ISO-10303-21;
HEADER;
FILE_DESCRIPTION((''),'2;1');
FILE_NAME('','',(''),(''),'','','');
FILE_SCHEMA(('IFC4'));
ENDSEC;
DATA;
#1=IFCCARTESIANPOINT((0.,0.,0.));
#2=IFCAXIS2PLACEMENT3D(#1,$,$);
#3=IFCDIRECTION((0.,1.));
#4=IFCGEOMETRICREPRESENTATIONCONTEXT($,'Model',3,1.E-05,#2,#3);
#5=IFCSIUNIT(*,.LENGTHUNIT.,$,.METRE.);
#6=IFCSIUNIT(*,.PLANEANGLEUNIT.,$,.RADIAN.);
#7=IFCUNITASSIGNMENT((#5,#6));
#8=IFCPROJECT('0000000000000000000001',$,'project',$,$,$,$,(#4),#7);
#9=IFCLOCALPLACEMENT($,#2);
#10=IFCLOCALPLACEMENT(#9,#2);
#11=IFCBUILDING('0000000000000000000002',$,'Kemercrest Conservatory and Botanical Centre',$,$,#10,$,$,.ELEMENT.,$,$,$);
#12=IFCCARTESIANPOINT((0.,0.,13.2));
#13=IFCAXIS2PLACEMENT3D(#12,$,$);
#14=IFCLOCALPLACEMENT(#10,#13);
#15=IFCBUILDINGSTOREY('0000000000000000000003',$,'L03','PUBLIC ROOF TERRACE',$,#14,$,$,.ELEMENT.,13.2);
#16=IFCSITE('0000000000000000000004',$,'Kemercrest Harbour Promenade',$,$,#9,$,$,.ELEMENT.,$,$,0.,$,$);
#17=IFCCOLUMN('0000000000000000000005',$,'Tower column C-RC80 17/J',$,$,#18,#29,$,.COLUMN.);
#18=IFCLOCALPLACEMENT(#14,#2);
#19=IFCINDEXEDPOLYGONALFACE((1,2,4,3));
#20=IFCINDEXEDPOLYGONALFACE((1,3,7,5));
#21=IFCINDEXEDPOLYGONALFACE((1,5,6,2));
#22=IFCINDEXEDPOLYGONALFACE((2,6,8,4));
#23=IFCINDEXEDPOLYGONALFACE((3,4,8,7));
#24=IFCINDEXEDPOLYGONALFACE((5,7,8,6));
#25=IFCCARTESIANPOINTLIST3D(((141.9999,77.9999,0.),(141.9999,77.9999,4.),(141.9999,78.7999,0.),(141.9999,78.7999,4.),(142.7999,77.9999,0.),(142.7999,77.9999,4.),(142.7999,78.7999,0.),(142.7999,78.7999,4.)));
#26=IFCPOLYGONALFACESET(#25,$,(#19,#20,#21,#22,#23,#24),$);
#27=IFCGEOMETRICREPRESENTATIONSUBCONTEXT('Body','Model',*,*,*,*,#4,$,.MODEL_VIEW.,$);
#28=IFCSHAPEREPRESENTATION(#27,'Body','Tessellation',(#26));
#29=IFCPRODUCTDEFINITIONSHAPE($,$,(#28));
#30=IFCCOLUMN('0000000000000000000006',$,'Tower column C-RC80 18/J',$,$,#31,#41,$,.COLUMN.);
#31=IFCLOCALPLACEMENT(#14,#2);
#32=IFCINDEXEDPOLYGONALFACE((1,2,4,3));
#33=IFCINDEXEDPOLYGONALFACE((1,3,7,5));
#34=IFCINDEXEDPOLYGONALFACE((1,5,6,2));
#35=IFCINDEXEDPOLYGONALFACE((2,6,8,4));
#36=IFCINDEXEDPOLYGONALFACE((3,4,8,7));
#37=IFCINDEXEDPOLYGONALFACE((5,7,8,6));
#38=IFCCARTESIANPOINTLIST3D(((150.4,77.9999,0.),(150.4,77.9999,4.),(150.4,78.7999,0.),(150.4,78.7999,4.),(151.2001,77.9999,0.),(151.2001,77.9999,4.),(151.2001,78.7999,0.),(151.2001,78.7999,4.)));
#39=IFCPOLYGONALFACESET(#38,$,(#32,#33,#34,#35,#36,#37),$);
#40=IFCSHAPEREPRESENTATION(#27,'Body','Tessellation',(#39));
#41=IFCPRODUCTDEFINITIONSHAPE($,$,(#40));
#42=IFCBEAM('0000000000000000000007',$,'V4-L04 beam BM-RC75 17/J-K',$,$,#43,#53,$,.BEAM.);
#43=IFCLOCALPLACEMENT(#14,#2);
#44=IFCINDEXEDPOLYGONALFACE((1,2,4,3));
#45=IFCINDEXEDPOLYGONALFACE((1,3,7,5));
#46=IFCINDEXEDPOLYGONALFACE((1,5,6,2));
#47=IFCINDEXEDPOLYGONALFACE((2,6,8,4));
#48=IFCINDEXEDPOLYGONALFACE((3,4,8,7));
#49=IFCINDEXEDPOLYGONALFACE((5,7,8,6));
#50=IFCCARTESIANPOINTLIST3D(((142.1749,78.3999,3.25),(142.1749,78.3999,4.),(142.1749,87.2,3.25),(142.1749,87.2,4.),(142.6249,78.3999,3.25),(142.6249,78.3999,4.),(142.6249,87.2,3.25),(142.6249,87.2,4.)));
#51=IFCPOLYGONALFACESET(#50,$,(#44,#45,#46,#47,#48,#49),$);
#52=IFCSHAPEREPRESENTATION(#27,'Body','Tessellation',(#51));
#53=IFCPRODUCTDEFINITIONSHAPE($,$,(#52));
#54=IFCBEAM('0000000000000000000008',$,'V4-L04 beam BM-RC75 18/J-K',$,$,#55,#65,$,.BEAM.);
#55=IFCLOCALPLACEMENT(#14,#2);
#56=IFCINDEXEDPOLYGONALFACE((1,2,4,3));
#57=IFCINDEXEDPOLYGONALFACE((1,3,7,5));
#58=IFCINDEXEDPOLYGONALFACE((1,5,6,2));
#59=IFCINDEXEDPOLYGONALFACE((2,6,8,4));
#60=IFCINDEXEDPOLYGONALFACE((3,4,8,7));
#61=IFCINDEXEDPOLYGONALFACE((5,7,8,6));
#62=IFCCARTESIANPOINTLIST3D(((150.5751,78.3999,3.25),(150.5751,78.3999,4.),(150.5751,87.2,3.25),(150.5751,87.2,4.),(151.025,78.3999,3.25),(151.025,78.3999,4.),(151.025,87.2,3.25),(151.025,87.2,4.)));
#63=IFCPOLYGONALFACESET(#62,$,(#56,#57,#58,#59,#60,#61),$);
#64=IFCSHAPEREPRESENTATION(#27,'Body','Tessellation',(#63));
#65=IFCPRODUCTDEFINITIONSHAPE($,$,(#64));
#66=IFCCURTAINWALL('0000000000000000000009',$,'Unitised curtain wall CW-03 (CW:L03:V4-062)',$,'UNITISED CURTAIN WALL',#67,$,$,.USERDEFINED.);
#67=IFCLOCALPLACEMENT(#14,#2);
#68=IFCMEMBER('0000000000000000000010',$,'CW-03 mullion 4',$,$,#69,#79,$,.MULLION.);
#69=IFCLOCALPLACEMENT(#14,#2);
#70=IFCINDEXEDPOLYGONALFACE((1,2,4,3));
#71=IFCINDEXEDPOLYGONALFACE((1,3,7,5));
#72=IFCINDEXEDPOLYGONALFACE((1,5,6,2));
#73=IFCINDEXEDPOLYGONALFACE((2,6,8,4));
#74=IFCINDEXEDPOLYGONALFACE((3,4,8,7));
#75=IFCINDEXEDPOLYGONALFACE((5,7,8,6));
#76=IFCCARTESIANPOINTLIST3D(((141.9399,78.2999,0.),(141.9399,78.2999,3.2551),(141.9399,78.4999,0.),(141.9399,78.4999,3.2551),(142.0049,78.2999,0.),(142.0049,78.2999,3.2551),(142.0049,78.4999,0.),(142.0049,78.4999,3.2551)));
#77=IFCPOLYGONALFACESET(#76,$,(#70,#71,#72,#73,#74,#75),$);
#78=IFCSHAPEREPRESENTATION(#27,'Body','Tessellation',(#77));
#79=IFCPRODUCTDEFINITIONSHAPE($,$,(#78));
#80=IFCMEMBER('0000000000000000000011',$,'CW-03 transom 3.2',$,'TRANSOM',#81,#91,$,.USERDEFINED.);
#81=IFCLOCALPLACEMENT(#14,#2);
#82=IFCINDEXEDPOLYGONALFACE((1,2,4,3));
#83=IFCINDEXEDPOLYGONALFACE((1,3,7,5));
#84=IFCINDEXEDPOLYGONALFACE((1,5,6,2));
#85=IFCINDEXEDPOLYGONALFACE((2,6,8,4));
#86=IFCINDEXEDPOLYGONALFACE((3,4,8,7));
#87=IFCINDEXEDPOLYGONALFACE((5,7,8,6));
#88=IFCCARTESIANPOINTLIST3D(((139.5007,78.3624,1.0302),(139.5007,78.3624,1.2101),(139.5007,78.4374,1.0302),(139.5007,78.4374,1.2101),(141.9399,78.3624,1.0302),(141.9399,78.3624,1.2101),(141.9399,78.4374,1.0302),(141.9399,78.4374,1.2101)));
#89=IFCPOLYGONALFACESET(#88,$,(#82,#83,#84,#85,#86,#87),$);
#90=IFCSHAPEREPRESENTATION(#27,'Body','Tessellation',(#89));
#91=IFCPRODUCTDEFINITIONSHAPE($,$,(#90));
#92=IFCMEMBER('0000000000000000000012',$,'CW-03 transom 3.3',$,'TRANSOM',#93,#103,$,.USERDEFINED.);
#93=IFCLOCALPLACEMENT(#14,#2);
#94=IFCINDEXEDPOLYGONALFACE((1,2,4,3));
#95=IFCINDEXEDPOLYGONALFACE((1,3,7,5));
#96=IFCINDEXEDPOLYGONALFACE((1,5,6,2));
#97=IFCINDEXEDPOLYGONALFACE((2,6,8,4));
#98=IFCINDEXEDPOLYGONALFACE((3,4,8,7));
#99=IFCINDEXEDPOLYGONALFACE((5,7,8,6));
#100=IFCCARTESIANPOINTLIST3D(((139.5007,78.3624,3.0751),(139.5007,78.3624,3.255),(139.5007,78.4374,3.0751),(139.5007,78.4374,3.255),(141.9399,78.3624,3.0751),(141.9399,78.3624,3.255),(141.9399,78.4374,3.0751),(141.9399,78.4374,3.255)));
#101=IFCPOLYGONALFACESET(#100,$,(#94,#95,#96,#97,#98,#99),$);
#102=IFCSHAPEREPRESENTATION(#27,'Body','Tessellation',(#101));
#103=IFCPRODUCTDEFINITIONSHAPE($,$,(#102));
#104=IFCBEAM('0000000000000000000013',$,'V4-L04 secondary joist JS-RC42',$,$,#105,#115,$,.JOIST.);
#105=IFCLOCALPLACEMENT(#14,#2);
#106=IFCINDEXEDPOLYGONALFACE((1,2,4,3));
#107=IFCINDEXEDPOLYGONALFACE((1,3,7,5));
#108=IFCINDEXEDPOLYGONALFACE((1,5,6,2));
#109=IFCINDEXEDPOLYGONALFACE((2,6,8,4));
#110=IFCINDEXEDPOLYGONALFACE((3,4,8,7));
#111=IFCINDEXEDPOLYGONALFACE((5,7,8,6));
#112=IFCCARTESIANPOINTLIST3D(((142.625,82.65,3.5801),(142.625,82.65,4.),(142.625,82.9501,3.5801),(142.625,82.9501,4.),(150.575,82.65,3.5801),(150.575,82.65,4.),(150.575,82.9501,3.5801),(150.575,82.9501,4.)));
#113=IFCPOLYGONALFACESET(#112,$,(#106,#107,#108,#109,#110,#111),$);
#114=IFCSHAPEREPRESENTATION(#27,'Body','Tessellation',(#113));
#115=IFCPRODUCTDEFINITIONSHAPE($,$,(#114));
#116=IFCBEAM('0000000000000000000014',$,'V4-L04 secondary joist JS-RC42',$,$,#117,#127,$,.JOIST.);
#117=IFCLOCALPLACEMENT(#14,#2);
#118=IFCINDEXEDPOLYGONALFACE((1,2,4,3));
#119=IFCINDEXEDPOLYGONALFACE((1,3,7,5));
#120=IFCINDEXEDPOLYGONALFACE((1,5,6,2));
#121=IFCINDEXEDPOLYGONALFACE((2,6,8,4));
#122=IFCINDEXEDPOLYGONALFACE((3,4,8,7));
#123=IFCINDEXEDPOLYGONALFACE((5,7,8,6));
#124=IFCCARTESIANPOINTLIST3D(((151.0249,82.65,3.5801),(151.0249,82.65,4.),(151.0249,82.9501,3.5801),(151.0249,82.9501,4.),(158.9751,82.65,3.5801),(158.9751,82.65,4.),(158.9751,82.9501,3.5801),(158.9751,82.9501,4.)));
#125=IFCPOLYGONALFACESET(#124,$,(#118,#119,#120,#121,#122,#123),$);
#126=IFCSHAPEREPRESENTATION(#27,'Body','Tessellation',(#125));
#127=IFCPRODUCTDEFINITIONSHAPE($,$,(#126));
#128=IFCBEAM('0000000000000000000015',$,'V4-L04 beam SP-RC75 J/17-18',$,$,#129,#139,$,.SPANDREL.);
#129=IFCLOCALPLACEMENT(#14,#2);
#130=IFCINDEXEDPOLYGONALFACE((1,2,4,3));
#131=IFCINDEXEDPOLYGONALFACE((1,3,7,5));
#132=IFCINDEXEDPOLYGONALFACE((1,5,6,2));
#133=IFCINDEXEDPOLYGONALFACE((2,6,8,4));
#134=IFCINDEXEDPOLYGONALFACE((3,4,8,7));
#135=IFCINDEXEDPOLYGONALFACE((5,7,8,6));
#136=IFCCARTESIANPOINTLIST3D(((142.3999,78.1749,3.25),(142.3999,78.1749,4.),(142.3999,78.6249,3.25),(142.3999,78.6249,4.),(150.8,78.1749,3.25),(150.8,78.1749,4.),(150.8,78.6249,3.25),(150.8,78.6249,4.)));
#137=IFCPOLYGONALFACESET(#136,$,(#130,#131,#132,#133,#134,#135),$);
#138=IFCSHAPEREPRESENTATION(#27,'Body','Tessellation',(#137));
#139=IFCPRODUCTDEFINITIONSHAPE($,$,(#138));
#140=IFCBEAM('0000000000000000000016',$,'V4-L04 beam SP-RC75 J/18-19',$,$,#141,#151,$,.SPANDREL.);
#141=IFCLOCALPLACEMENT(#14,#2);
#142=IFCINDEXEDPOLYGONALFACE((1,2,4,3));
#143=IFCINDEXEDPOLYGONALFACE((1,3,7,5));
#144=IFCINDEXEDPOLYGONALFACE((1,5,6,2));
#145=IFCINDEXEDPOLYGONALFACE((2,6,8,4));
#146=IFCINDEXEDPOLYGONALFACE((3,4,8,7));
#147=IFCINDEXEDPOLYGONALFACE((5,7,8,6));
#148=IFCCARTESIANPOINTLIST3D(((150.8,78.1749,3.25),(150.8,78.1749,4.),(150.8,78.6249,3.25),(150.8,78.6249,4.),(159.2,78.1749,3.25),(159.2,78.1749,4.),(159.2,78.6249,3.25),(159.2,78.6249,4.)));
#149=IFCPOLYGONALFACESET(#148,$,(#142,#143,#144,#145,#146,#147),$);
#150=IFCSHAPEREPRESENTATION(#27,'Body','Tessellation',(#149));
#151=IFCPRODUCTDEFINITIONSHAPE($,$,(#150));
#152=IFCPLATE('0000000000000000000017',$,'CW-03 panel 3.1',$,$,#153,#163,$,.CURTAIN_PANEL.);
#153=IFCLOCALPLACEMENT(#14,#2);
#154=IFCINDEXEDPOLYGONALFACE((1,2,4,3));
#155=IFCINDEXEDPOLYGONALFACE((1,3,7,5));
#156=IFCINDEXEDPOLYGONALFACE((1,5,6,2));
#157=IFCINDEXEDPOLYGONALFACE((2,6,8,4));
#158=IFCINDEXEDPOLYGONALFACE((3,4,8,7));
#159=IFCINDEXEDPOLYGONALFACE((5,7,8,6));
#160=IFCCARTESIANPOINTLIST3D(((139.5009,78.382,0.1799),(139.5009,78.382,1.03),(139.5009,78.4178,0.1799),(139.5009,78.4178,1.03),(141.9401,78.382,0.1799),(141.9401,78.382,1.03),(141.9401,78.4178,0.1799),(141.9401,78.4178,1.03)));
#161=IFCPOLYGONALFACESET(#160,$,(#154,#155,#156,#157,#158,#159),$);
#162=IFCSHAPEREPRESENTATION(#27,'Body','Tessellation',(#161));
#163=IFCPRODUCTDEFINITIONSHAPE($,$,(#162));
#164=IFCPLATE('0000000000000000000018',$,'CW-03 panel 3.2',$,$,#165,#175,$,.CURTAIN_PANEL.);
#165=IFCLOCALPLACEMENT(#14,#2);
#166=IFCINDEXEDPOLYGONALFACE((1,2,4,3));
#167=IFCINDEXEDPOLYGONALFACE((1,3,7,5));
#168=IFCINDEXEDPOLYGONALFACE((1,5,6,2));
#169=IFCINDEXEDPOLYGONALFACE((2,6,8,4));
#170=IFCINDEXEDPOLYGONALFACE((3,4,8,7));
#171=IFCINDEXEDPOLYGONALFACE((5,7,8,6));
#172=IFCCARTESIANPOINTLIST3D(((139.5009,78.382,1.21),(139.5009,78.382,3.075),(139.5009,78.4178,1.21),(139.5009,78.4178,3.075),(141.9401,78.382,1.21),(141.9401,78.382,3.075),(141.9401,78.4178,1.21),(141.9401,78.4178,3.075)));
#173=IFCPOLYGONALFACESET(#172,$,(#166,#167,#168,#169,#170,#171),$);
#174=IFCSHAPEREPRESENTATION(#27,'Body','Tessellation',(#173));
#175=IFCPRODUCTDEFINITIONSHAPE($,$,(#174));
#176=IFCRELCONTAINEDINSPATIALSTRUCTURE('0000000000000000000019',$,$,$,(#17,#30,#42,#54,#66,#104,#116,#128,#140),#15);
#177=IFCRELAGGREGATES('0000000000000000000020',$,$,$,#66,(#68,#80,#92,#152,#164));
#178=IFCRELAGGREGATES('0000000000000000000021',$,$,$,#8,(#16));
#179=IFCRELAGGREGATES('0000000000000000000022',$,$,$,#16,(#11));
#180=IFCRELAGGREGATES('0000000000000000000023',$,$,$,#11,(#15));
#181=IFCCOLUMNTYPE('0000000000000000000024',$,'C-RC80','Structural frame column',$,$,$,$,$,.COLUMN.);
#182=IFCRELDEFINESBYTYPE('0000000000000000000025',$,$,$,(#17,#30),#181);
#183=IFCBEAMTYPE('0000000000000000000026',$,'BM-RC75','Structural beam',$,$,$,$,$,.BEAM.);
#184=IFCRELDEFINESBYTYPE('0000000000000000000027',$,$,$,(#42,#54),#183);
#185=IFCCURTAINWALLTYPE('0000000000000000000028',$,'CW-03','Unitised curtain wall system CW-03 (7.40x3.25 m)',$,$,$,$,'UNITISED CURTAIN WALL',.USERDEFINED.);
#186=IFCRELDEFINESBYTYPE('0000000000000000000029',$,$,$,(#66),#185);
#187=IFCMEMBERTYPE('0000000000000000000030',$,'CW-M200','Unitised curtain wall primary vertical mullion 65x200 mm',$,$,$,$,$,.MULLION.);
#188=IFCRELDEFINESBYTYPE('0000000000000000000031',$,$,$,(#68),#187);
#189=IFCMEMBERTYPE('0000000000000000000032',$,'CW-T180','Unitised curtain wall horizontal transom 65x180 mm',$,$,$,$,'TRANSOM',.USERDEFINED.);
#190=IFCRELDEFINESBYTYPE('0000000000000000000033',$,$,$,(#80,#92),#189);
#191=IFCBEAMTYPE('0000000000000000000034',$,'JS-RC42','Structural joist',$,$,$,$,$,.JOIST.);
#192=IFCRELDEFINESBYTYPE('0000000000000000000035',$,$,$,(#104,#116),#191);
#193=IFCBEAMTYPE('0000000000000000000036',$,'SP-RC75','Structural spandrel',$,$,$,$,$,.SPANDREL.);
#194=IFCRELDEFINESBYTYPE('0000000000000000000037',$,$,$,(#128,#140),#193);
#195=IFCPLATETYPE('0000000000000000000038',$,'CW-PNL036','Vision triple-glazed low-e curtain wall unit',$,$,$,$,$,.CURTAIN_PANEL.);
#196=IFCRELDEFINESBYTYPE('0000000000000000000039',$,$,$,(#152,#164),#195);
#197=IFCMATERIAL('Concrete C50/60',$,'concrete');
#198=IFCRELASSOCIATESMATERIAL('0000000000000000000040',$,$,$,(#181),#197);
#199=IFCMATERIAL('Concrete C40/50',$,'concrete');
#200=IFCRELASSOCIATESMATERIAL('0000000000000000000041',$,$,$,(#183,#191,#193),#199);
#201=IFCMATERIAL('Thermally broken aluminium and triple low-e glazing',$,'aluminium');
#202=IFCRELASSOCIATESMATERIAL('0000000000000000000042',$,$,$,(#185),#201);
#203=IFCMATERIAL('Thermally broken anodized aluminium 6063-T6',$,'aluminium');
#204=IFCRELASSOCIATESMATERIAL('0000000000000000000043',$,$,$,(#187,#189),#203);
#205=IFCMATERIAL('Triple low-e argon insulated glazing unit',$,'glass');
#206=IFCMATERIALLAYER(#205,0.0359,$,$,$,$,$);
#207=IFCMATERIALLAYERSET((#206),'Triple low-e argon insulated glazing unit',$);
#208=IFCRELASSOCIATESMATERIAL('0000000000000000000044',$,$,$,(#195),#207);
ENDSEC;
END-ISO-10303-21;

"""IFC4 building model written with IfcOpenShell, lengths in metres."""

from ifc_helpers import new_model, si_unit, direction, frame, origin, origin_2d, place, context, subcontext, project, spatial, rectangle, extrude, material, layer, layer_set, material_profile, profile_set, type_object, element, aggregate, save


model = new_model("IFC4")

# Units and contexts
model_context = context("Model", 3, precision=1e-05, world=origin(), true_north=direction((0.0, 1.0)))
body_context = subcontext(model_context, "Body", "Model", "MODEL_VIEW")
ifc_project = project(units=[si_unit("LENGTHUNIT", "METRE"), si_unit("PLANEANGLEUNIT", "RADIAN")], contexts=[model_context])

# Site, building, storey
site_placement = place(None, origin())
site = spatial("IfcSite", under=ifc_project, at=site_placement, Name="Kemercrest Harbour Promenade", CompositionType="ELEMENT", RefElevation=0.0)
building_placement = place(site_placement, origin())
building = spatial("IfcBuilding", under=site, at=building_placement, Name="Kemercrest Conservatory and Botanical Centre", CompositionType="ELEMENT")
storey_placement = place(building_placement, frame((0.0, 0.0, 13.2)))
storey = spatial("IfcBuildingStorey", under=building, at=storey_placement, Name="L03", Description="PUBLIC ROOF TERRACE", CompositionType="ELEMENT", Elevation=13.2)

# Columns
ifc_material_1 = material(Name="Concrete C50/60", Category="concrete")
ifc_material_profile_1 = material_profile(ifc_material_1, rectangle(XDim=0.8, YDim=0.8, at=origin_2d()), Name="RC 800x800")
ifc_profile_set_1 = profile_set([ifc_material_profile_1], Name="Concrete C50/60")
column_type = type_object("IfcColumnType", Name="C-RC80", Description="Structural frame column", PredefinedType="COLUMN", material=ifc_profile_set_1)
for number, where, z_axis, x_axis, name in (
    (1, (142.3999, 78.3999, 0.0), (0.0, 0.0, 1.0), (1.0, 0.0, 0.0), "Tower column C-RC80 17/J"),
    (2, (150.8, 78.3999, 0.0), (0.0, 0.0, 1.0), (1.0, 0.0, 0.0), "Tower column C-RC80 18/J"),
):
    element("IfcColumn", number, at=place(storey_placement, frame(where, z_axis=z_axis, x_axis=x_axis)), inside=storey, type_object=column_type, Name=name, PredefinedType="COLUMN", context=body_context, shape_type="SweptSolid", body=[
        extrude(rectangle(XDim=0.8, YDim=0.8, at=origin_2d()), origin(), (0.0, 0.0, 1.0), 4.0),
    ])

# Beams
ifc_material_2 = material(Name="Concrete C40/50", Category="concrete")
ifc_material_profile_2 = material_profile(ifc_material_2, rectangle(XDim=0.45, YDim=0.75, at=origin_2d()), Name="RC 450x750")
ifc_profile_set_2 = profile_set([ifc_material_profile_2], Name="Concrete C40/50")
beam_type_1 = type_object("IfcBeamType", Name="BM-RC75", Description="Structural beam", PredefinedType="BEAM", material=ifc_profile_set_2)
for number, where, z_axis, x_axis, name in (
    (3, (142.3999, 78.3999, 3.625), (0.0, 1.0, 0.0), (-1.0, 0.0, 0.0), "V4-L04 beam BM-RC75 17/J-K"),
    (4, (150.8, 78.3999, 3.625), (0.0, 1.0, 0.0), (-1.0, 0.0, 0.0), "V4-L04 beam BM-RC75 18/J-K"),
):
    element("IfcBeam", number, at=place(storey_placement, frame(where, z_axis=z_axis, x_axis=x_axis)), inside=storey, type_object=beam_type_1, Name=name, PredefinedType="BEAM", context=body_context, shape_type="SweptSolid", body=[
        extrude(rectangle(XDim=0.45, YDim=0.75, at=origin_2d()), origin(), (0.0, 0.0, 1.0), 8.8),
    ])

# Curtain wall, members
ifc_material_3 = material(Name="Thermally broken aluminium and triple low-e glazing", Category="aluminium")
curtain_wall_type = type_object("IfcCurtainWallType", Name="CW-03", Description="Unitised curtain wall system CW-03 (7.40x3.25 m)", ElementType="UNITISED CURTAIN WALL", PredefinedType="USERDEFINED", material=ifc_material_3)
curtain_wall_placement = place(storey_placement, origin())
curtain_wall = element("IfcCurtainWall", 5, at=curtain_wall_placement, inside=storey, type_object=curtain_wall_type, Name="Unitised curtain wall CW-03 (CW:L03:V4-062)", ObjectType="UNITISED CURTAIN WALL", PredefinedType="USERDEFINED")
ifc_material_4 = material(Name="Thermally broken anodized aluminium 6063-T6", Category="aluminium")
ifc_material_profile_3 = material_profile(ifc_material_4, rectangle(XDim=0.2, YDim=0.0649, at=origin_2d()), Name="AL MULLION 65x200")
ifc_profile_set_3 = profile_set([ifc_material_profile_3], Name="Thermally broken anodized aluminium 6063-T6")
member_type_1 = type_object("IfcMemberType", Name="CW-M200", Description="Unitised curtain wall primary vertical mullion 65x200 mm", PredefinedType="MULLION", material=ifc_profile_set_3)
member_1_placement = place(storey_placement, frame((141.9724, 78.3999, 0.0), z_axis=(0.0, 0.0, 1.0), x_axis=(0.0, 1.0, 0.0)))
member_1 = element("IfcMember", 6, at=member_1_placement, type_object=member_type_1, Name="CW-03 mullion 4", PredefinedType="MULLION", context=body_context, shape_type="SweptSolid", body=[
    extrude(rectangle(XDim=0.2, YDim=0.0649, at=origin_2d()), origin(), (0.0, 0.0, 1.0), 3.2551),
])
ifc_material_profile_4 = material_profile(ifc_material_4, rectangle(XDim=0.075, YDim=0.1799, at=origin_2d()), Name="AL TRANSOM 75x180")
ifc_profile_set_4 = profile_set([ifc_material_profile_4], Name="Thermally broken anodized aluminium 6063-T6")
member_type_2 = type_object("IfcMemberType", Name="CW-T180", Description="Unitised curtain wall horizontal transom 65x180 mm", ElementType="TRANSOM", PredefinedType="USERDEFINED", material=ifc_profile_set_4)
member_2_placement = place(storey_placement, frame((139.5007, 78.3999, 1.1201), z_axis=(1.0, 0.0, 0.0), x_axis=(0.0, 1.0, 0.0)))
member_2 = element("IfcMember", 7, at=member_2_placement, type_object=member_type_2, Name="CW-03 transom 3.2", ObjectType="TRANSOM", PredefinedType="USERDEFINED", context=body_context, shape_type="SweptSolid", body=[
    extrude(rectangle(XDim=0.075, YDim=0.1799, at=origin_2d()), origin(), (0.0, 0.0, 1.0), 2.4392),
])
member_3_placement = place(storey_placement, frame((139.5007, 78.3999, 3.165), z_axis=(1.0, 0.0, 0.0), x_axis=(0.0, 1.0, 0.0)))
member_3 = element("IfcMember", 8, at=member_3_placement, type_object=member_type_2, Name="CW-03 transom 3.3", ObjectType="TRANSOM", PredefinedType="USERDEFINED", context=body_context, shape_type="SweptSolid", body=[
    extrude(rectangle(XDim=0.075, YDim=0.1799, at=origin_2d()), origin(), (0.0, 0.0, 1.0), 2.4392),
])

# Beams
ifc_material_profile_5 = material_profile(ifc_material_2, rectangle(XDim=0.3, YDim=0.4199, at=origin_2d()), Name="RC 300x420")
ifc_profile_set_5 = profile_set([ifc_material_profile_5], Name="Concrete C40/50")
beam_type_2 = type_object("IfcBeamType", Name="JS-RC42", Description="Structural joist", PredefinedType="JOIST", material=ifc_profile_set_5)
beam_1_placement = place(storey_placement, frame((142.625, 82.8, 3.79), z_axis=(1.0, 0.0, 0.0), x_axis=(0.0, 1.0, 0.0)))
element("IfcBeam", 9, at=beam_1_placement, inside=storey, type_object=beam_type_2, Name="V4-L04 secondary joist JS-RC42", PredefinedType="JOIST", context=body_context, shape_type="SweptSolid", body=[
    extrude(rectangle(XDim=0.3, YDim=0.4199, at=origin_2d()), origin(), (0.0, 0.0, 1.0), 7.95),
])
beam_2_placement = place(storey_placement, frame((151.0249, 82.8, 3.79), z_axis=(1.0, 0.0, 0.0), x_axis=(0.0, 1.0, 0.0)))
element("IfcBeam", 10, at=beam_2_placement, inside=storey, type_object=beam_type_2, Name="V4-L04 secondary joist JS-RC42", PredefinedType="JOIST", context=body_context, shape_type="SweptSolid", body=[
    extrude(rectangle(XDim=0.3, YDim=0.4199, at=origin_2d()), origin(), (0.0, 0.0, 1.0), 7.9502),
])
ifc_material_profile_6 = material_profile(ifc_material_2, rectangle(XDim=0.45, YDim=0.75, at=origin_2d()), Name="RC 450x750")
ifc_profile_set_6 = profile_set([ifc_material_profile_6], Name="Concrete C40/50")
beam_type_3 = type_object("IfcBeamType", Name="SP-RC75", Description="Structural spandrel", PredefinedType="SPANDREL", material=ifc_profile_set_6)
beam_3_placement = place(storey_placement, frame((142.3999, 78.3999, 3.625), z_axis=(1.0, 0.0, 0.0), x_axis=(0.0, 1.0, 0.0)))
element("IfcBeam", 11, at=beam_3_placement, inside=storey, type_object=beam_type_3, Name="V4-L04 beam SP-RC75 J/17-18", PredefinedType="SPANDREL", context=body_context, shape_type="SweptSolid", body=[
    extrude(rectangle(XDim=0.45, YDim=0.75, at=origin_2d()), origin(), (0.0, 0.0, 1.0), 8.4001),
])
beam_4_placement = place(storey_placement, frame((150.8, 78.3999, 3.625), z_axis=(1.0, 0.0, 0.0), x_axis=(0.0, 1.0, 0.0)))
element("IfcBeam", 12, at=beam_4_placement, inside=storey, type_object=beam_type_3, Name="V4-L04 beam SP-RC75 J/18-19", PredefinedType="SPANDREL", context=body_context, shape_type="SweptSolid", body=[
    extrude(rectangle(XDim=0.45, YDim=0.75, at=origin_2d()), origin(), (0.0, 0.0, 1.0), 8.3999),
])

# Plates
ifc_material_5 = material(Name="Triple low-e argon insulated glazing unit", Category="glass")
ifc_layer_1 = layer(ifc_material_5, 0.0359)
ifc_layer_set_1 = layer_set([ifc_layer_1], Name="Triple low-e argon insulated glazing unit")
plate_type = type_object("IfcPlateType", Name="CW-PNL036", Description="Vision triple-glazed low-e curtain wall unit", PredefinedType="CURTAIN_PANEL", material=ifc_layer_set_1)
plate_1_placement = place(storey_placement, frame((140.7205, 78.3999, 0.1799), z_axis=(0.0, 0.0, 1.0), x_axis=(1.0, 0.0, 0.0)))
plate_1 = element("IfcPlate", 13, at=plate_1_placement, type_object=plate_type, Name="CW-03 panel 3.1", PredefinedType="CURTAIN_PANEL", context=body_context, shape_type="SweptSolid", body=[
    extrude(rectangle(XDim=2.4392, YDim=0.0359, at=origin_2d()), origin(), (0.0, 0.0, 1.0), 0.8501),
])
plate_2_placement = place(storey_placement, frame((140.7205, 78.3999, 1.21), z_axis=(0.0, 0.0, 1.0), x_axis=(1.0, 0.0, 0.0)))
plate_2 = element("IfcPlate", 14, at=plate_2_placement, type_object=plate_type, Name="CW-03 panel 3.2", PredefinedType="CURTAIN_PANEL", context=body_context, shape_type="SweptSolid", body=[
    extrude(rectangle(XDim=2.4392, YDim=0.0359, at=origin_2d()), origin(), (0.0, 0.0, 1.0), 1.865),
])
aggregate(curtain_wall, [member_1, member_2, member_3, plate_1, plate_2])

save(model, "model.ifc")
